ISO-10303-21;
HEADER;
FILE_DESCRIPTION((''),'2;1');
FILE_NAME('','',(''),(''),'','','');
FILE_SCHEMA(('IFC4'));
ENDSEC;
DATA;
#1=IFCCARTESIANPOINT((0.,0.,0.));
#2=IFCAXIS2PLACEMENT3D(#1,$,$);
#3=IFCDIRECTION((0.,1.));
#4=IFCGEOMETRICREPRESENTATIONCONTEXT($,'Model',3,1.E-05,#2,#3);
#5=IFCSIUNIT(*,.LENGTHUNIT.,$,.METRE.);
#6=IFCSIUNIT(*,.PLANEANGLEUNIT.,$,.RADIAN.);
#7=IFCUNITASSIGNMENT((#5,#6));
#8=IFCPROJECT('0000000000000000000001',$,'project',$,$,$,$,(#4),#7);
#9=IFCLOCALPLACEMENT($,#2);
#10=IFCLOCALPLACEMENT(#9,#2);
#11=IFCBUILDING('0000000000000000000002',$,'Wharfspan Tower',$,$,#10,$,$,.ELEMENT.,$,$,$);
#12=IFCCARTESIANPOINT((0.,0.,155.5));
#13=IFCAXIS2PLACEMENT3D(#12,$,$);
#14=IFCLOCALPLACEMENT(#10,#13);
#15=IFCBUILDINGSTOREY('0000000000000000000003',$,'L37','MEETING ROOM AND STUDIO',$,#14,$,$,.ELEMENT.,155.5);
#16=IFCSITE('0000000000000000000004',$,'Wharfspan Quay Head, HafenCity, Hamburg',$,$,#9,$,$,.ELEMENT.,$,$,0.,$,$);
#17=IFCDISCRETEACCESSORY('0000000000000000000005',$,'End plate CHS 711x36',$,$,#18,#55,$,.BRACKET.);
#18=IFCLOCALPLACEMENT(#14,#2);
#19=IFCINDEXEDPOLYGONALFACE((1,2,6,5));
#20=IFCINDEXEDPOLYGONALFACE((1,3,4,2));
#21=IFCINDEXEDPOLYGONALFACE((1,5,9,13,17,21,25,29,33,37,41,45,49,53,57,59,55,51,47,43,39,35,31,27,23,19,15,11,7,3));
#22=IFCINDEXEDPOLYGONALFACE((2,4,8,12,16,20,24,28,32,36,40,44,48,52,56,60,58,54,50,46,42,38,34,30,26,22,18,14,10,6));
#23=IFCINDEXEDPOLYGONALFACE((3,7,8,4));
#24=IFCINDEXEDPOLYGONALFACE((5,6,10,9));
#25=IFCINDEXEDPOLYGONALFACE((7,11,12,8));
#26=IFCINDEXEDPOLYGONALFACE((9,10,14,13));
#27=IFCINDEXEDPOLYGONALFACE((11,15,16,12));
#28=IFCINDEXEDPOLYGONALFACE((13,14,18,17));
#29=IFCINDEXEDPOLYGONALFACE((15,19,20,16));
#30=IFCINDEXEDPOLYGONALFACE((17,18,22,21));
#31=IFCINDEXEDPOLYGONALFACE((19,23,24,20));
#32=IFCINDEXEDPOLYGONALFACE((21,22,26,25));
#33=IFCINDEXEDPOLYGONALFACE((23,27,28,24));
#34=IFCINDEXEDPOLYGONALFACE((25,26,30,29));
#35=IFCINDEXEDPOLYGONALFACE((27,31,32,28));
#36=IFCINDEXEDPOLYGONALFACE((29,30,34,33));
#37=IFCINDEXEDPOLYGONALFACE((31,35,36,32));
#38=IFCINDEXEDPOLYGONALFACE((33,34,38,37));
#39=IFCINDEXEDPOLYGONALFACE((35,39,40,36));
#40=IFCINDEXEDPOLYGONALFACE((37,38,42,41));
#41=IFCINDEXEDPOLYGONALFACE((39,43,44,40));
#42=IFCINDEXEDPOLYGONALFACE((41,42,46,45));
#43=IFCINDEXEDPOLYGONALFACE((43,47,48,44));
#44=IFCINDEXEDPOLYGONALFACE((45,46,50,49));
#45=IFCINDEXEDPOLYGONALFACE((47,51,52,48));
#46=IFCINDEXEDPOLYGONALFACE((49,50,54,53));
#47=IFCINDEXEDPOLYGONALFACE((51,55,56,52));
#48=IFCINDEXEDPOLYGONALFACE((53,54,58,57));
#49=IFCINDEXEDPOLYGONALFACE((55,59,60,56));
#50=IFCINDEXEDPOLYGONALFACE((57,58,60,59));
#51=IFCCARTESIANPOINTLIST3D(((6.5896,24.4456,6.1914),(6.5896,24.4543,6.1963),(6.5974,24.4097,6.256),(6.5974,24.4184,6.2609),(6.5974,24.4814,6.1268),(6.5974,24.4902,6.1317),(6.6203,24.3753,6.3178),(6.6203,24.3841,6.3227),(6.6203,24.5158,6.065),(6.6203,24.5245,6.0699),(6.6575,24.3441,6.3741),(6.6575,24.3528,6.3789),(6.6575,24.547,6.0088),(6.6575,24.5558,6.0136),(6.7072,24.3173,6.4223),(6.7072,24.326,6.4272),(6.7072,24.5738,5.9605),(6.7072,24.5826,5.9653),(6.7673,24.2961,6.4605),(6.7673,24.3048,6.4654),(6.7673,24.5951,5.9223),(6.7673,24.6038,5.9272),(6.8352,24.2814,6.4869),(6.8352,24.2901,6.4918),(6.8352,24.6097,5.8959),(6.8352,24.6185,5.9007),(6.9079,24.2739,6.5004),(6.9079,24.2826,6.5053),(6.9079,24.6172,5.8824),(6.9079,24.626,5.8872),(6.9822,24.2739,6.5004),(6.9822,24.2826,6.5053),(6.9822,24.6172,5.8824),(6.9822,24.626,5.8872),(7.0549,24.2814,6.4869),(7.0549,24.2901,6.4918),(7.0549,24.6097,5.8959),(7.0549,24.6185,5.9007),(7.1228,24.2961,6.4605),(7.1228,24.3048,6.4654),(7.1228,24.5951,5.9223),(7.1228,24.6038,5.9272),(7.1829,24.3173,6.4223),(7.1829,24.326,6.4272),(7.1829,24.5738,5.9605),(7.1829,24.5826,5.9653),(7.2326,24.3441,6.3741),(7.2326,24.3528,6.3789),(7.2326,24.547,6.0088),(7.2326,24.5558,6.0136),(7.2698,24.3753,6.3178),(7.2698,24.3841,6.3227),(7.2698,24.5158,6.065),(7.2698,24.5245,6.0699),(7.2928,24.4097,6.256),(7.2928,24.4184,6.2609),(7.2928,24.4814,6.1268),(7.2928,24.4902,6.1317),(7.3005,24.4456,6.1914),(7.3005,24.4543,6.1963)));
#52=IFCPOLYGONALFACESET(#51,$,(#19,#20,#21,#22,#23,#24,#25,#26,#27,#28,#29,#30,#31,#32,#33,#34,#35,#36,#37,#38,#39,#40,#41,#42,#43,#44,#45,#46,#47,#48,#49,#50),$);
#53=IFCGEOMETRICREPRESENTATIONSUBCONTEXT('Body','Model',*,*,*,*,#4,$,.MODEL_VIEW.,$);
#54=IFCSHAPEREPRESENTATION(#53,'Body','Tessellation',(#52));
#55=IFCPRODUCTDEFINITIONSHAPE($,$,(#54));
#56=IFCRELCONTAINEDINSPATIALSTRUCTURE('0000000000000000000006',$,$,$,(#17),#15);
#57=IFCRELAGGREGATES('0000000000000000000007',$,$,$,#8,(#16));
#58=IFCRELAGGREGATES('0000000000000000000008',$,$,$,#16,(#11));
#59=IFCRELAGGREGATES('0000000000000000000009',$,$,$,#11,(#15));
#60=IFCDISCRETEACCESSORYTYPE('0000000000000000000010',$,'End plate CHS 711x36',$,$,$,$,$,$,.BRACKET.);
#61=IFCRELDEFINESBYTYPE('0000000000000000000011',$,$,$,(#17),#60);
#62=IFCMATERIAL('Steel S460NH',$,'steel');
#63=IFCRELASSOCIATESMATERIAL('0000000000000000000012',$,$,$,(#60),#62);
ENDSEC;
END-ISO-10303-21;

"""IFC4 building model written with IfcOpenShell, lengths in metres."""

from ifc_helpers import new_model, si_unit, direction, frame, origin, origin_2d, place, context, subcontext, project, spatial, circle, extrude, material, material_profile, profile_set, type_object, element, save


model = new_model("IFC4")

# Units and contexts
model_context = context("Model", 3, precision=1e-05, world=origin(), true_north=direction((0.0, 1.0)))
body_context = subcontext(model_context, "Body", "Model", "MODEL_VIEW")
ifc_project = project(units=[si_unit("LENGTHUNIT", "METRE"), si_unit("PLANEANGLEUNIT", "RADIAN")], contexts=[model_context])

# Site, building, storey
site_placement = place(None, origin())
site = spatial("IfcSite", under=ifc_project, at=site_placement, Name="Wharfspan Quay Head, HafenCity, Hamburg", CompositionType="ELEMENT", RefElevation=0.0)
building_placement = place(site_placement, origin())
building = spatial("IfcBuilding", under=site, at=building_placement, Name="Wharfspan Tower", CompositionType="ELEMENT")
storey_placement = place(building_placement, frame((0.0, 0.0, 155.5)))
storey = spatial("IfcBuildingStorey", under=building, at=storey_placement, Name="L37", Description="MEETING ROOM AND STUDIO", CompositionType="ELEMENT", Elevation=155.5)

# Shared definitions
ifc_material_1 = material(Name="Steel S460NH", Category="steel")

# Discrete accessory
ifc_material_profile_1 = material_profile(ifc_material_1, circle(Radius=0.3555, at=origin_2d()))
ifc_profile_set_1 = profile_set([ifc_material_profile_1], Name="Steel S460NH")
discrete_accessory_type = type_object("IfcDiscreteAccessoryType", Name="End plate CHS 711x36", PredefinedType="BRACKET", material=ifc_profile_set_1)
for number, where, z_axis, x_axis, name in (
    (1, (6.9451, 24.4456, 6.1914), (0.0, 0.874157, 0.485643), (-1.0, 0.0, 0.0), "End plate CHS 711x36"),
):
    element("IfcDiscreteAccessory", number, at=place(storey_placement, frame(where, z_axis=z_axis, x_axis=x_axis)), inside=storey, type_object=discrete_accessory_type, Name=name, PredefinedType="BRACKET", context=body_context, shape_type="SweptSolid", body=[
        extrude(circle(Radius=0.3555, at=origin_2d()), origin(), (0.0, 0.0, 1.0), 0.01),
    ])

save(model, "model.ifc")
